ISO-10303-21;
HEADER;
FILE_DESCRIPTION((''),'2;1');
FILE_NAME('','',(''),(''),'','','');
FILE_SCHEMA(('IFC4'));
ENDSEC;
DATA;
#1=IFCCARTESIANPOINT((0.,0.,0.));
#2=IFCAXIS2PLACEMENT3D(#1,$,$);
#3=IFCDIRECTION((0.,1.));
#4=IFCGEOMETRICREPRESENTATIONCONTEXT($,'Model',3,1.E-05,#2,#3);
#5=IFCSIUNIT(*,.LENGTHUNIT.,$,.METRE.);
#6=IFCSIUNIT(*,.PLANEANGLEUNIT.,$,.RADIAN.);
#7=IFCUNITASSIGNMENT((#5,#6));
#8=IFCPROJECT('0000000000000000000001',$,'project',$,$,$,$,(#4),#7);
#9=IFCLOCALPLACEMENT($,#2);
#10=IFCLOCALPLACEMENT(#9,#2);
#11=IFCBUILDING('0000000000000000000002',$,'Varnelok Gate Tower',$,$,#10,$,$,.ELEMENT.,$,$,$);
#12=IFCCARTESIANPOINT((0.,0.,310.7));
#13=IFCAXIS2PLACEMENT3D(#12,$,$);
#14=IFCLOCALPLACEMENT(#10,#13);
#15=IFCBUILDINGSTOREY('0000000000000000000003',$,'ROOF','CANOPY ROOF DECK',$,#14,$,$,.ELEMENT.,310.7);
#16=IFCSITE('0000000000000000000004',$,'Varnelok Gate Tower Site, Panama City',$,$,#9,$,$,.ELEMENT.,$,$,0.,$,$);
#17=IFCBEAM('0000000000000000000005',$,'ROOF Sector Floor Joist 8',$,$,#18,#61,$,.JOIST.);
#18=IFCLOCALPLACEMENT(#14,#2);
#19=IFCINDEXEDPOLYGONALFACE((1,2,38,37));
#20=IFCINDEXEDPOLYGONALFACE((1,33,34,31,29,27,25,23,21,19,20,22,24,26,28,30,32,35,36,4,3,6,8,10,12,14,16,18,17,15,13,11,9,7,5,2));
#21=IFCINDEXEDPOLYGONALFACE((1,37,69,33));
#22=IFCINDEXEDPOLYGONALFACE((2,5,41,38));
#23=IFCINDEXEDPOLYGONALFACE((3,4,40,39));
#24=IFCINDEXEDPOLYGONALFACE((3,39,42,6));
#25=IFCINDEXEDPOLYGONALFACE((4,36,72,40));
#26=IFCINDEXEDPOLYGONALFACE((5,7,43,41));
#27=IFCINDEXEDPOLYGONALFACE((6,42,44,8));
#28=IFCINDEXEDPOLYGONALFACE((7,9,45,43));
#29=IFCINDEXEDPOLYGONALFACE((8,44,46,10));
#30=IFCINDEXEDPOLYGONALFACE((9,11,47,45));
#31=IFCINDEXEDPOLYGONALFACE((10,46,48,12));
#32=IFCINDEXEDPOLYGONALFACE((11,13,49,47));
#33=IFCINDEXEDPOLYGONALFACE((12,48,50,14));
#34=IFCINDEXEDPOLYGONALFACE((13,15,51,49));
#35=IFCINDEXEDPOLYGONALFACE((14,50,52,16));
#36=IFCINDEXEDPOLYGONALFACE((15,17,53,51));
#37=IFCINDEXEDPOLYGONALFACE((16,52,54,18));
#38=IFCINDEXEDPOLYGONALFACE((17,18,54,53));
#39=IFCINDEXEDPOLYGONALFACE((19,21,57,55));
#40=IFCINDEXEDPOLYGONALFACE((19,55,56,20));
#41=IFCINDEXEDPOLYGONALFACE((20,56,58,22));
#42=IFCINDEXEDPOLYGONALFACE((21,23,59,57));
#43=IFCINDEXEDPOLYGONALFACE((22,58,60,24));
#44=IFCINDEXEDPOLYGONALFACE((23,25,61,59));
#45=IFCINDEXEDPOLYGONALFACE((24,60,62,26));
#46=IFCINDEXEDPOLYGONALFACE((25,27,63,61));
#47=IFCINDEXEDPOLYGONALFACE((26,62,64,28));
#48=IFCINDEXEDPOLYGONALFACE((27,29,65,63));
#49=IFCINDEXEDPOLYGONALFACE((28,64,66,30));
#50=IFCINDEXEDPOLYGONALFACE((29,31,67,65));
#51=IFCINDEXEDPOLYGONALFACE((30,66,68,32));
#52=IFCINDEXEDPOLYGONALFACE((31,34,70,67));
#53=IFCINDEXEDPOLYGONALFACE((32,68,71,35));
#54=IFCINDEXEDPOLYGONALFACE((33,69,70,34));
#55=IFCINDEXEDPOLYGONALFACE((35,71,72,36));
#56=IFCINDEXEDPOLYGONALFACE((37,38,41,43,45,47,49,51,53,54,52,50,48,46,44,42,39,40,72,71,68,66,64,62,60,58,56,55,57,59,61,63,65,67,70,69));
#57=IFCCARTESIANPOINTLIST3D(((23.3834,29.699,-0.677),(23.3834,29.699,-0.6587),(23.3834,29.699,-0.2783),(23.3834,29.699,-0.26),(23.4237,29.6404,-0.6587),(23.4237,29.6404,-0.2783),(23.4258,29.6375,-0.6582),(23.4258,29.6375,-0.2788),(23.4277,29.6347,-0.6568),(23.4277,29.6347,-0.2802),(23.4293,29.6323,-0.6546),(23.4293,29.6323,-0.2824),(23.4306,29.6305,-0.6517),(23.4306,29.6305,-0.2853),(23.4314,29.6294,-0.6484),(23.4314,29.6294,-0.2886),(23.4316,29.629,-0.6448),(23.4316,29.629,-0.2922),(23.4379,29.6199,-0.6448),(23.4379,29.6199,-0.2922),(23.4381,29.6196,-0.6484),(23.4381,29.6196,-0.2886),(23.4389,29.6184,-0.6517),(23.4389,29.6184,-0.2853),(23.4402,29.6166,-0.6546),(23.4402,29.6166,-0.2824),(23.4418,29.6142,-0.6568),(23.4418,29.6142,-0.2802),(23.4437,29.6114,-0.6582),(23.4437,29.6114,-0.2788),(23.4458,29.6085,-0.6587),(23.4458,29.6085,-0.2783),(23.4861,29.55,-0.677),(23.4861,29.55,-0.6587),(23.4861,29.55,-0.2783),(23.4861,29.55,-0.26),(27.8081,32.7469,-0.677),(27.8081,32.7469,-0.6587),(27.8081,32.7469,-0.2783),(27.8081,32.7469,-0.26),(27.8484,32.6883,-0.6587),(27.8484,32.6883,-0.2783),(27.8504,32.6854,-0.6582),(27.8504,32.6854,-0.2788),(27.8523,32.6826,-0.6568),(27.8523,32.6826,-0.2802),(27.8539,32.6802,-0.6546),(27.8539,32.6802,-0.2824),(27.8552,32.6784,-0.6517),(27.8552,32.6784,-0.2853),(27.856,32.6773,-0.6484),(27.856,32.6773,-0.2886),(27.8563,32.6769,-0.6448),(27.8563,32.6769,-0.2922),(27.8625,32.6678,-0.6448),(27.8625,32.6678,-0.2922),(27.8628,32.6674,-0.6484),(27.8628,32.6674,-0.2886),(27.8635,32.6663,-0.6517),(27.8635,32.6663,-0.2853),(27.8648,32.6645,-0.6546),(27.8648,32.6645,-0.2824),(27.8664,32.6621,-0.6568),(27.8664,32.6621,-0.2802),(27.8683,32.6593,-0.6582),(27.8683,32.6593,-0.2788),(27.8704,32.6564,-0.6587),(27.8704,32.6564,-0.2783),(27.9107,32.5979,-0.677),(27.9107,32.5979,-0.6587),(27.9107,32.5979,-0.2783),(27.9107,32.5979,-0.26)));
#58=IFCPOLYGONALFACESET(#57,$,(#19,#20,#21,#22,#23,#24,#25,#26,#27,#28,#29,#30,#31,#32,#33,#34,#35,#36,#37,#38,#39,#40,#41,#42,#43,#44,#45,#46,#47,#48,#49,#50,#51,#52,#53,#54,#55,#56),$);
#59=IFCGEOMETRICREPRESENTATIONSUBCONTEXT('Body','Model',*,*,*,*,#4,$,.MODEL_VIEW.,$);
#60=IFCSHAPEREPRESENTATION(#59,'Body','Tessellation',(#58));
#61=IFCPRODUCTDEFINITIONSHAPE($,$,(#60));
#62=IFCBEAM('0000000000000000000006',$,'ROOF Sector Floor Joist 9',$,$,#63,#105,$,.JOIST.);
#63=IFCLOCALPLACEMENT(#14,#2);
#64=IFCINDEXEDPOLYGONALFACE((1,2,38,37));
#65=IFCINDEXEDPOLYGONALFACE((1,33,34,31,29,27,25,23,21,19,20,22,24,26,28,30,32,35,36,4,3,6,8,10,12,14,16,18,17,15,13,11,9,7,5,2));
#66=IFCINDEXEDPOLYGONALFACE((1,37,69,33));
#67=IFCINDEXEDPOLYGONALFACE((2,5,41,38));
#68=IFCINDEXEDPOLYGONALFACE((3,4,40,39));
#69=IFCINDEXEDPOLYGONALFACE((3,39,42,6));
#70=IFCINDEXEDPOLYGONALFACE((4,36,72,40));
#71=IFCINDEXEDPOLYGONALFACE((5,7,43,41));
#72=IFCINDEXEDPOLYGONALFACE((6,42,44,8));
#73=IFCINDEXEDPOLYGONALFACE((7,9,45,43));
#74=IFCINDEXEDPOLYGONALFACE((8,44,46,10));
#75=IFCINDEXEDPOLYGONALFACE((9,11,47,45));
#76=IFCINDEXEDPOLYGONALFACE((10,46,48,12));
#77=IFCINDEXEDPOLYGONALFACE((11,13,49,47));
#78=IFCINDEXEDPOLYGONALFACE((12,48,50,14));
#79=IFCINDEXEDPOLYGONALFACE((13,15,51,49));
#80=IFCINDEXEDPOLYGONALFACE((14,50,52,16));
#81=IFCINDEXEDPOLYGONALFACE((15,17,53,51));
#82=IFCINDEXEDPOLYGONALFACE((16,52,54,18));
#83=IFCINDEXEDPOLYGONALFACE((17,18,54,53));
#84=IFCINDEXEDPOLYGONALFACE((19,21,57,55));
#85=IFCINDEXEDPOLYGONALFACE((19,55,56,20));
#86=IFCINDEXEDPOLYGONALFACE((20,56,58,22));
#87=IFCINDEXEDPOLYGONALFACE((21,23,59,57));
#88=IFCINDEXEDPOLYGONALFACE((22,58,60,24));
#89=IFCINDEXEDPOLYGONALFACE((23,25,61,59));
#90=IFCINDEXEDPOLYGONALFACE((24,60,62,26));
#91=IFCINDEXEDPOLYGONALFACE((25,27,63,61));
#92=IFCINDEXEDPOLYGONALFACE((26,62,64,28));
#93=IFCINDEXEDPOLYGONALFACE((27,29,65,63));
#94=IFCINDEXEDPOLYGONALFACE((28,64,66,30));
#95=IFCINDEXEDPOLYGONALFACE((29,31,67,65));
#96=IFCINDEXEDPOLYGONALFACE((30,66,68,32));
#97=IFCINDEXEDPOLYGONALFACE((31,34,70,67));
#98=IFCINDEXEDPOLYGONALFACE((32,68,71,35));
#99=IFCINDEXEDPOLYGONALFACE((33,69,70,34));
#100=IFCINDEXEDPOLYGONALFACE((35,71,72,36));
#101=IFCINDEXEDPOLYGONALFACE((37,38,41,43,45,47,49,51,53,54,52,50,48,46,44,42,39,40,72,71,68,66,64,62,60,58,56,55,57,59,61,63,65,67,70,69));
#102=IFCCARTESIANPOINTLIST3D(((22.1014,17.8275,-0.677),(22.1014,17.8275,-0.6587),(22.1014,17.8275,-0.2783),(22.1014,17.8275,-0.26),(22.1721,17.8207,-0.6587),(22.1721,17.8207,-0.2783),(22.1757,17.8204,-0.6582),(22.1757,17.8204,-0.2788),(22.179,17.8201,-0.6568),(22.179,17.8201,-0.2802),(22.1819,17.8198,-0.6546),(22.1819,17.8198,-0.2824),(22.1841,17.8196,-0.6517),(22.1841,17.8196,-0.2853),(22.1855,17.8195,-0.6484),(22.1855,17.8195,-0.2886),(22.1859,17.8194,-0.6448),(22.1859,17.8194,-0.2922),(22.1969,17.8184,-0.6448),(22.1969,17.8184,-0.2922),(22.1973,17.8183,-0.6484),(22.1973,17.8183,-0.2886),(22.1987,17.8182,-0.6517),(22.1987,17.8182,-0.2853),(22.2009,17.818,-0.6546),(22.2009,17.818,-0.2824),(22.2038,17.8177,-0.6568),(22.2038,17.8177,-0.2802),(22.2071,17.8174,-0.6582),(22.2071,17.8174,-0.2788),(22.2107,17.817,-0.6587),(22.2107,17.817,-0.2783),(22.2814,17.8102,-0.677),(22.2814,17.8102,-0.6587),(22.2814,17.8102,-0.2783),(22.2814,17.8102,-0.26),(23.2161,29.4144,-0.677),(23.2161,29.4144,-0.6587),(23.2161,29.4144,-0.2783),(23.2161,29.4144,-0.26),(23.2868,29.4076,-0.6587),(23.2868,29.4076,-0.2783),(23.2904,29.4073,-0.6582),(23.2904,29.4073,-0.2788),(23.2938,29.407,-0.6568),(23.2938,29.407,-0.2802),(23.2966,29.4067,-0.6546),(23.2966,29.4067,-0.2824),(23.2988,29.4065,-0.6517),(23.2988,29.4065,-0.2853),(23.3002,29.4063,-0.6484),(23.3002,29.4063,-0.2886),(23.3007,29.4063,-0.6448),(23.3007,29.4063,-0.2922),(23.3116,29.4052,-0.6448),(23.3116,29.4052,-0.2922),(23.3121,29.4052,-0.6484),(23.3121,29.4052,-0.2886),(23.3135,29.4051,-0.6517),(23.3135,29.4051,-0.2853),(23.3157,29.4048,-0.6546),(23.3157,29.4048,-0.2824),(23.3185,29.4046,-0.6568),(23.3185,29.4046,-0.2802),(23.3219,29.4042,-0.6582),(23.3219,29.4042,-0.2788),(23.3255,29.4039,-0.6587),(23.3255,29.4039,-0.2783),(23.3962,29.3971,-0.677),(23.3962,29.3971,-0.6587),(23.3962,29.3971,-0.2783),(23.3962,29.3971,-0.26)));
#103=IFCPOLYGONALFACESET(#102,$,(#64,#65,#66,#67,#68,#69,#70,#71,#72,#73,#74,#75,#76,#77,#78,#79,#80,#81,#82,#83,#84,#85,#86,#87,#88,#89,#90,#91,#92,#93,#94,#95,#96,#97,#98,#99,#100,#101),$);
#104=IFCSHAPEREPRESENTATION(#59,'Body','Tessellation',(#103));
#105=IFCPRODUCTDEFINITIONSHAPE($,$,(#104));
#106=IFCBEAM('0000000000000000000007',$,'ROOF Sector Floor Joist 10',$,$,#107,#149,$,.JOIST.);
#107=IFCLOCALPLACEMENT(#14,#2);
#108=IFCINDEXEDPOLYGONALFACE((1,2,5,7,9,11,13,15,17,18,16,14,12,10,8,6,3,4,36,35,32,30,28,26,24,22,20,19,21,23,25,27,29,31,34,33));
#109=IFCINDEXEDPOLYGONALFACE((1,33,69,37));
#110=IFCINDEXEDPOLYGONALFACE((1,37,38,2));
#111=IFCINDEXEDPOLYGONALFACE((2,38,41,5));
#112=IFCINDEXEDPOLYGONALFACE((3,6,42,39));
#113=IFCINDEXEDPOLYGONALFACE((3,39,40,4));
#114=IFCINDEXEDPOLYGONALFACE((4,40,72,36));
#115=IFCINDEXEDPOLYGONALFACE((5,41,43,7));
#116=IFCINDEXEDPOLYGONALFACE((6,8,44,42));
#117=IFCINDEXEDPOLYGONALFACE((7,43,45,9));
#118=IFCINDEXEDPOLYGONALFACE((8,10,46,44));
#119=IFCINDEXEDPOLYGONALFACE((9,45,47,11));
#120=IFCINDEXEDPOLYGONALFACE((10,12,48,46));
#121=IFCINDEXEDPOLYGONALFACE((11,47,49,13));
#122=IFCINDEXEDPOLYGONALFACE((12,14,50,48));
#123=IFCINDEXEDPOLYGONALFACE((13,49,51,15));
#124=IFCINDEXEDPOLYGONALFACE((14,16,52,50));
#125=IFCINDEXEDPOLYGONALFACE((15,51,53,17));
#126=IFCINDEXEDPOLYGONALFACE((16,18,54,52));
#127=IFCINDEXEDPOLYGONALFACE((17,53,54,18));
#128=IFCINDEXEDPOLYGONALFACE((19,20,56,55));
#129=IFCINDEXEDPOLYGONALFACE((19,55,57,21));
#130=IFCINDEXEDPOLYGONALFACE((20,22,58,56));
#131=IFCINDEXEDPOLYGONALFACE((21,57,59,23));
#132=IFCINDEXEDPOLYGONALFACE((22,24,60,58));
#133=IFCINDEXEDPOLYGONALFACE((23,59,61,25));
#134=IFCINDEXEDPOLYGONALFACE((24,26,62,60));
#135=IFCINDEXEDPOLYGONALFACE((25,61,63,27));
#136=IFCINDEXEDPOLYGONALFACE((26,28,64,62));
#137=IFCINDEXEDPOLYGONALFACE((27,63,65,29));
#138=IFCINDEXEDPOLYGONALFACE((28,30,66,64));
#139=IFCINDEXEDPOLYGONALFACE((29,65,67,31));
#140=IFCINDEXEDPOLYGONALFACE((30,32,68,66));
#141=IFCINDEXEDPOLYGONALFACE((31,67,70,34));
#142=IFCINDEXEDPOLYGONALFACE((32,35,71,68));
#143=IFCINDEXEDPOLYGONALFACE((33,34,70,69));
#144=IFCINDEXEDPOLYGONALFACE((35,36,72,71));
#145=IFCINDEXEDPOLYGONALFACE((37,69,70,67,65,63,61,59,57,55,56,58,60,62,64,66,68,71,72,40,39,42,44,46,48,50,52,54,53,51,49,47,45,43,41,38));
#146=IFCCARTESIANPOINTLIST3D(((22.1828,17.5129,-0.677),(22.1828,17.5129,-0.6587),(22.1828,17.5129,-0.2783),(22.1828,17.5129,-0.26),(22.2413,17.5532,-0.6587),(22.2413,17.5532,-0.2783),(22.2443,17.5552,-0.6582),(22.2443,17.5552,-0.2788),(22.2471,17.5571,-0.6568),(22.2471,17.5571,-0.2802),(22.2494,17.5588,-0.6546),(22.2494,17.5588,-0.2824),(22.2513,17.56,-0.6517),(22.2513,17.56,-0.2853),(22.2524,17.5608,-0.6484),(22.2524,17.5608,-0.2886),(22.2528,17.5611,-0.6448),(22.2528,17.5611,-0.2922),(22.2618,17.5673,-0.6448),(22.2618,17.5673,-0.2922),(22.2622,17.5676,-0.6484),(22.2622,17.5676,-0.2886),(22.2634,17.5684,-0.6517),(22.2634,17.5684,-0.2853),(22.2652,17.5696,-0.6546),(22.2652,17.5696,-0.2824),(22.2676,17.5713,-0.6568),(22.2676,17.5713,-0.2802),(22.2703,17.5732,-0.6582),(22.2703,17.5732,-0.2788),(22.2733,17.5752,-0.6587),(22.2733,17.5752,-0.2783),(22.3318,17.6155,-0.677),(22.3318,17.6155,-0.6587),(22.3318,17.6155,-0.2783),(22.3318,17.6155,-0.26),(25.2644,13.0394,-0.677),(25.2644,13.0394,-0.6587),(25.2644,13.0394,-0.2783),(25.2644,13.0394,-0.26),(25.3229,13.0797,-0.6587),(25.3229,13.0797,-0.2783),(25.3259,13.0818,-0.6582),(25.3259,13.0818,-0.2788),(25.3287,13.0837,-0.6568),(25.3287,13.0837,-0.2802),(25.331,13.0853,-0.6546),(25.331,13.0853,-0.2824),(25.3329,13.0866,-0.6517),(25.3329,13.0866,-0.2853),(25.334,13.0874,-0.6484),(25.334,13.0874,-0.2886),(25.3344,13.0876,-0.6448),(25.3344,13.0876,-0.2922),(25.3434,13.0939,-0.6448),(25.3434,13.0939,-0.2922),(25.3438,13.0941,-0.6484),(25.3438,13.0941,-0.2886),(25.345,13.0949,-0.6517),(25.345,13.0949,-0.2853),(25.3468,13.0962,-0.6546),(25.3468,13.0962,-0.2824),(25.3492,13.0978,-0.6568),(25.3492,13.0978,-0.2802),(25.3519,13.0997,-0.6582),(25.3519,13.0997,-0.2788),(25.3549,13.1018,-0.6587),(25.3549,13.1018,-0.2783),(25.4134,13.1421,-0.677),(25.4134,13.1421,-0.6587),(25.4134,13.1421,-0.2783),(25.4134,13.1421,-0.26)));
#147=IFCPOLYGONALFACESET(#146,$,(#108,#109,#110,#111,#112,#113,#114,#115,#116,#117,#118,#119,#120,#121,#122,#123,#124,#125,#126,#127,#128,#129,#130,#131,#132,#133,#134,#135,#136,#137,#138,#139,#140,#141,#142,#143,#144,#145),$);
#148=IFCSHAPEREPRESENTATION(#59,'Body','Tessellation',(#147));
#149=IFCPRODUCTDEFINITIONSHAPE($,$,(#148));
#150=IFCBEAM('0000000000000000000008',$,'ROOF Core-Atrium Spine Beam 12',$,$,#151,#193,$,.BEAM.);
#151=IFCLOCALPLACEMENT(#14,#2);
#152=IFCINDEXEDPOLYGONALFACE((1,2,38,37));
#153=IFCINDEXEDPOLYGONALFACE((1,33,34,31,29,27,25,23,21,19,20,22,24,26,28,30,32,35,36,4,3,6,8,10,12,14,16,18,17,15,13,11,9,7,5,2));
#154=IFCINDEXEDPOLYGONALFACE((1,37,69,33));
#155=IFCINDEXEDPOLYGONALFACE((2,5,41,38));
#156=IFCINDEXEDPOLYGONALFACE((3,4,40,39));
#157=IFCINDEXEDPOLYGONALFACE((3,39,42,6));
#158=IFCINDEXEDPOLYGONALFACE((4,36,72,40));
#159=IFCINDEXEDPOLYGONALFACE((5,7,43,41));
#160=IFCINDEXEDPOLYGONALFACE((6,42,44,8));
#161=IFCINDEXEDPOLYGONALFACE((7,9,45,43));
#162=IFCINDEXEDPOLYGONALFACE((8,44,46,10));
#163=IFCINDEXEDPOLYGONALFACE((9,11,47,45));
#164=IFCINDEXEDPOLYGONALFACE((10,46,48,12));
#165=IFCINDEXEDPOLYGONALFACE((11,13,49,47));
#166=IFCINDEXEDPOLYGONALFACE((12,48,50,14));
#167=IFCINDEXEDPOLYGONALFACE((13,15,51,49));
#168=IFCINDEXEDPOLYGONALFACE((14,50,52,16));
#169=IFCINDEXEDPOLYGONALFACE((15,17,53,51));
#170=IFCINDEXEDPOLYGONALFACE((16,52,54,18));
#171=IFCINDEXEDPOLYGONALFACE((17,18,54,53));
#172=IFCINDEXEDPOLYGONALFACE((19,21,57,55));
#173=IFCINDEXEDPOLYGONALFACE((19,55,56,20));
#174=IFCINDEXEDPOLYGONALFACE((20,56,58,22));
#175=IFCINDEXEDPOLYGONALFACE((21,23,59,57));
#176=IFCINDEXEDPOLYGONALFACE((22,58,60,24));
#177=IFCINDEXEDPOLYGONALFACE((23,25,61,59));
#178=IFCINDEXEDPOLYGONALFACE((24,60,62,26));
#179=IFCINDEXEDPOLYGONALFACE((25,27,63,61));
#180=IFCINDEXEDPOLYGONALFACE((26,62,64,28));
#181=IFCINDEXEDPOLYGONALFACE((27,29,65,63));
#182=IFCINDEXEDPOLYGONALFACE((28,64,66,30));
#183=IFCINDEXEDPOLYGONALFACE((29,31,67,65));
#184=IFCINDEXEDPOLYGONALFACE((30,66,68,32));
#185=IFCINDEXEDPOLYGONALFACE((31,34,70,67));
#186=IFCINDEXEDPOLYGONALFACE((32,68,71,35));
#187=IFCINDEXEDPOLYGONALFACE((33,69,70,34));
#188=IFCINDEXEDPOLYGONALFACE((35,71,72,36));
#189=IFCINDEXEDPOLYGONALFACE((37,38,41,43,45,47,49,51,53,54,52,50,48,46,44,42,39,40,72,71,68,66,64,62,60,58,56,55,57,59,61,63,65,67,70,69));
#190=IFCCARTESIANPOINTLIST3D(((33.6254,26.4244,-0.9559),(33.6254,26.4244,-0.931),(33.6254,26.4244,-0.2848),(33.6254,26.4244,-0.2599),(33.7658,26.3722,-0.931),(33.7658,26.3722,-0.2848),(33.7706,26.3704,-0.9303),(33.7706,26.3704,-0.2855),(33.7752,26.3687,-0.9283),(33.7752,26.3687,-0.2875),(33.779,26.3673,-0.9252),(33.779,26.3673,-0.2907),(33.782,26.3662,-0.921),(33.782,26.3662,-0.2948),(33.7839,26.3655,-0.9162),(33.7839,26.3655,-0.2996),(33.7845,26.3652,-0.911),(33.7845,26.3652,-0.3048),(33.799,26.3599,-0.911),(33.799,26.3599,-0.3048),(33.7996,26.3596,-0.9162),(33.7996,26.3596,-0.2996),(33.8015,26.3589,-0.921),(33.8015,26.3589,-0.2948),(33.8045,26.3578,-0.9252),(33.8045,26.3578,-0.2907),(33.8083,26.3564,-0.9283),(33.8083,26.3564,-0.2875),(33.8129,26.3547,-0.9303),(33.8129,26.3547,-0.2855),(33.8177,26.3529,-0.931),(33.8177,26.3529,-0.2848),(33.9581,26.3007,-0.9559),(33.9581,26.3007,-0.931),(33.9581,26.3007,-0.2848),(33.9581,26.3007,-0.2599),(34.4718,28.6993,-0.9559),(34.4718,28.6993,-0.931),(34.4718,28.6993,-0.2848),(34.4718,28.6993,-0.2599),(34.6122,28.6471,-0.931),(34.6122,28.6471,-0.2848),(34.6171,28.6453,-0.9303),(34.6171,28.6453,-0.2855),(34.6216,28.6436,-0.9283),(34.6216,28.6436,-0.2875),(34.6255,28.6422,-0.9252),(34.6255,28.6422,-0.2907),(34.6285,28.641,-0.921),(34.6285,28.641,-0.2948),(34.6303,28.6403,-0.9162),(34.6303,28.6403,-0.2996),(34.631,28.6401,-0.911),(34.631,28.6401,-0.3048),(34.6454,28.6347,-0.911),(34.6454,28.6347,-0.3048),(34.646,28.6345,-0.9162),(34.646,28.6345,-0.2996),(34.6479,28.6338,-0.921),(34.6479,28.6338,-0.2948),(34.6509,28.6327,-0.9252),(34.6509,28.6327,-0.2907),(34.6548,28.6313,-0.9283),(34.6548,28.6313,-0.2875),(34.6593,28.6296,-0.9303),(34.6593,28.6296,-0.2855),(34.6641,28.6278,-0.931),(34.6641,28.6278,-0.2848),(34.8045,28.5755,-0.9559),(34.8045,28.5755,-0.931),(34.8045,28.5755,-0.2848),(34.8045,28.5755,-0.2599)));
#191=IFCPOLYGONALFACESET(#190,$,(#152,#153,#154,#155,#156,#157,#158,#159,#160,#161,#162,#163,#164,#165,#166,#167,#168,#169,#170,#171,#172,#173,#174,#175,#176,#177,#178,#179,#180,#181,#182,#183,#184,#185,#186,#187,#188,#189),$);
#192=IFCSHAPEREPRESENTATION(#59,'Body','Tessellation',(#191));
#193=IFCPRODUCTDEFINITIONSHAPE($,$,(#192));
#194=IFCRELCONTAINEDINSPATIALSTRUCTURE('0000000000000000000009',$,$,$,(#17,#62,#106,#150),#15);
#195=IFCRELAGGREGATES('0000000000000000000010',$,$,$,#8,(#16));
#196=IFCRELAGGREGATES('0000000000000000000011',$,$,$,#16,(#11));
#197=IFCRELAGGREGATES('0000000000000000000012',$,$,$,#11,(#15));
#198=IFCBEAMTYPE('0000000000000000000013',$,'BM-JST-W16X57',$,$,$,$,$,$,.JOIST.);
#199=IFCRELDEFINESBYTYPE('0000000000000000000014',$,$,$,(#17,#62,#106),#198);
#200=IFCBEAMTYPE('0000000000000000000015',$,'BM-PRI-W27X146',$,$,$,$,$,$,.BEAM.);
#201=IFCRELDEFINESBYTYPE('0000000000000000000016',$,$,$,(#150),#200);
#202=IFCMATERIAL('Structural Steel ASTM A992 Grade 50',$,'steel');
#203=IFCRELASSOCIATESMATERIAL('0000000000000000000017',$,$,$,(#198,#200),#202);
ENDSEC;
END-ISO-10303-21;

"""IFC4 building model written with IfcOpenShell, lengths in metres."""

from ifc_helpers import new_model, si_unit, direction, frame, origin, origin_2d, place, context, subcontext, project, spatial, i_section, extrude, material, material_profile, profile_set, type_object, element, save


model = new_model("IFC4")

# Units and contexts
model_context = context("Model", 3, precision=1e-05, world=origin(), true_north=direction((0.0, 1.0)))
body_context = subcontext(model_context, "Body", "Model", "MODEL_VIEW")
ifc_project = project(units=[si_unit("LENGTHUNIT", "METRE"), si_unit("PLANEANGLEUNIT", "RADIAN")], contexts=[model_context])

# Site, building, storey
site_placement = place(None, origin())
site = spatial("IfcSite", under=ifc_project, at=site_placement, Name="Varnelok Gate Tower Site, Panama City", CompositionType="ELEMENT", RefElevation=0.0)
building_placement = place(site_placement, origin())
building = spatial("IfcBuilding", under=site, at=building_placement, Name="Varnelok Gate Tower", CompositionType="ELEMENT")
storey_placement = place(building_placement, frame((0.0, 0.0, 310.7)))
storey = spatial("IfcBuildingStorey", under=building, at=storey_placement, Name="ROOF", Description="CANOPY ROOF DECK", CompositionType="ELEMENT", Elevation=310.7)

# Beams
ifc_material_1 = material(Name="Structural Steel ASTM A992 Grade 50", Category="steel")
ifc_material_profile_1 = material_profile(ifc_material_1, i_section(OverallWidth=0.1809, OverallDepth=0.417, WebThickness=0.011, FlangeThickness=0.0183, FilletRadius=0.0139, at=origin_2d()), Name="W16X57")
ifc_profile_set_1 = profile_set([ifc_material_profile_1], Name="Structural Steel ASTM A992 Grade 50")
beam_type_1 = type_object("IfcBeamType", Name="BM-JST-W16X57", PredefinedType="JOIST", material=ifc_profile_set_1)
beam_1_placement = place(storey_placement, frame((27.8594, 32.6724, -0.4685), z_axis=(-0.823523, -0.567283, 0.0), x_axis=(0.567283, -0.823523, 0.0)))
element("IfcBeam", 1, at=beam_1_placement, inside=storey, type_object=beam_type_1, Name="ROOF Sector Floor Joist 8", PredefinedType="JOIST", context=body_context, shape_type="SweptSolid", body=[
    extrude(i_section(OverallWidth=0.1809, OverallDepth=0.417, WebThickness=0.011, FlangeThickness=0.0183, FilletRadius=0.0139, at=origin_2d()), origin(), (0.0, 0.0, 1.0), 5.3728),
])
beam_2_placement = place(storey_placement, frame((23.3062, 29.4058, -0.4685), z_axis=(-0.095765, -0.995404, 0.0), x_axis=(0.995404, -0.095765, 0.0)))
element("IfcBeam", 2, at=beam_2_placement, inside=storey, type_object=beam_type_1, Name="ROOF Sector Floor Joist 9", PredefinedType="JOIST", context=body_context, shape_type="SweptSolid", body=[
    extrude(i_section(OverallWidth=0.1809, OverallDepth=0.417, WebThickness=0.011, FlangeThickness=0.0183, FilletRadius=0.0139, at=origin_2d()), origin(), (0.0, 0.0, 1.0), 11.6404),
])
beam_3_placement = place(storey_placement, frame((22.2573, 17.5642, -0.4685), z_axis=(0.56729, -0.823518, 0.0), x_axis=(0.823518, 0.56729, 0.0)))
element("IfcBeam", 3, at=beam_3_placement, inside=storey, type_object=beam_type_1, Name="ROOF Sector Floor Joist 10", PredefinedType="JOIST", context=body_context, shape_type="SweptSolid", body=[
    extrude(i_section(OverallWidth=0.1809, OverallDepth=0.417, WebThickness=0.011, FlangeThickness=0.0183, FilletRadius=0.0139, at=origin_2d()), origin(), (0.0, 0.0, 1.0), 5.4321),
])
ifc_material_profile_2 = material_profile(ifc_material_1, i_section(OverallWidth=0.355, OverallDepth=0.696, WebThickness=0.0154, FlangeThickness=0.0249, FilletRadius=0.02, at=origin_2d()), Name="W27X146")
ifc_profile_set_2 = profile_set([ifc_material_profile_2], Name="Structural Steel ASTM A992 Grade 50")
beam_type_2 = type_object("IfcBeamType", Name="BM-PRI-W27X146", PredefinedType="BEAM", material=ifc_profile_set_2)
beam_4_placement = place(storey_placement, frame((33.7917, 26.3625, -0.6079), z_axis=(0.348719, 0.937227, 0.0), x_axis=(-0.937227, 0.348719, 0.0)))
element("IfcBeam", 4, at=beam_4_placement, inside=storey, type_object=beam_type_2, Name="ROOF Core-Atrium Spine Beam 12", PredefinedType="BEAM", context=body_context, shape_type="SweptSolid", body=[
    extrude(i_section(OverallWidth=0.355, OverallDepth=0.696, WebThickness=0.0154, FlangeThickness=0.0249, FilletRadius=0.02, at=origin_2d()), origin(), (0.0, 0.0, 1.0), 2.4272),
])

save(model, "model.ifc")
